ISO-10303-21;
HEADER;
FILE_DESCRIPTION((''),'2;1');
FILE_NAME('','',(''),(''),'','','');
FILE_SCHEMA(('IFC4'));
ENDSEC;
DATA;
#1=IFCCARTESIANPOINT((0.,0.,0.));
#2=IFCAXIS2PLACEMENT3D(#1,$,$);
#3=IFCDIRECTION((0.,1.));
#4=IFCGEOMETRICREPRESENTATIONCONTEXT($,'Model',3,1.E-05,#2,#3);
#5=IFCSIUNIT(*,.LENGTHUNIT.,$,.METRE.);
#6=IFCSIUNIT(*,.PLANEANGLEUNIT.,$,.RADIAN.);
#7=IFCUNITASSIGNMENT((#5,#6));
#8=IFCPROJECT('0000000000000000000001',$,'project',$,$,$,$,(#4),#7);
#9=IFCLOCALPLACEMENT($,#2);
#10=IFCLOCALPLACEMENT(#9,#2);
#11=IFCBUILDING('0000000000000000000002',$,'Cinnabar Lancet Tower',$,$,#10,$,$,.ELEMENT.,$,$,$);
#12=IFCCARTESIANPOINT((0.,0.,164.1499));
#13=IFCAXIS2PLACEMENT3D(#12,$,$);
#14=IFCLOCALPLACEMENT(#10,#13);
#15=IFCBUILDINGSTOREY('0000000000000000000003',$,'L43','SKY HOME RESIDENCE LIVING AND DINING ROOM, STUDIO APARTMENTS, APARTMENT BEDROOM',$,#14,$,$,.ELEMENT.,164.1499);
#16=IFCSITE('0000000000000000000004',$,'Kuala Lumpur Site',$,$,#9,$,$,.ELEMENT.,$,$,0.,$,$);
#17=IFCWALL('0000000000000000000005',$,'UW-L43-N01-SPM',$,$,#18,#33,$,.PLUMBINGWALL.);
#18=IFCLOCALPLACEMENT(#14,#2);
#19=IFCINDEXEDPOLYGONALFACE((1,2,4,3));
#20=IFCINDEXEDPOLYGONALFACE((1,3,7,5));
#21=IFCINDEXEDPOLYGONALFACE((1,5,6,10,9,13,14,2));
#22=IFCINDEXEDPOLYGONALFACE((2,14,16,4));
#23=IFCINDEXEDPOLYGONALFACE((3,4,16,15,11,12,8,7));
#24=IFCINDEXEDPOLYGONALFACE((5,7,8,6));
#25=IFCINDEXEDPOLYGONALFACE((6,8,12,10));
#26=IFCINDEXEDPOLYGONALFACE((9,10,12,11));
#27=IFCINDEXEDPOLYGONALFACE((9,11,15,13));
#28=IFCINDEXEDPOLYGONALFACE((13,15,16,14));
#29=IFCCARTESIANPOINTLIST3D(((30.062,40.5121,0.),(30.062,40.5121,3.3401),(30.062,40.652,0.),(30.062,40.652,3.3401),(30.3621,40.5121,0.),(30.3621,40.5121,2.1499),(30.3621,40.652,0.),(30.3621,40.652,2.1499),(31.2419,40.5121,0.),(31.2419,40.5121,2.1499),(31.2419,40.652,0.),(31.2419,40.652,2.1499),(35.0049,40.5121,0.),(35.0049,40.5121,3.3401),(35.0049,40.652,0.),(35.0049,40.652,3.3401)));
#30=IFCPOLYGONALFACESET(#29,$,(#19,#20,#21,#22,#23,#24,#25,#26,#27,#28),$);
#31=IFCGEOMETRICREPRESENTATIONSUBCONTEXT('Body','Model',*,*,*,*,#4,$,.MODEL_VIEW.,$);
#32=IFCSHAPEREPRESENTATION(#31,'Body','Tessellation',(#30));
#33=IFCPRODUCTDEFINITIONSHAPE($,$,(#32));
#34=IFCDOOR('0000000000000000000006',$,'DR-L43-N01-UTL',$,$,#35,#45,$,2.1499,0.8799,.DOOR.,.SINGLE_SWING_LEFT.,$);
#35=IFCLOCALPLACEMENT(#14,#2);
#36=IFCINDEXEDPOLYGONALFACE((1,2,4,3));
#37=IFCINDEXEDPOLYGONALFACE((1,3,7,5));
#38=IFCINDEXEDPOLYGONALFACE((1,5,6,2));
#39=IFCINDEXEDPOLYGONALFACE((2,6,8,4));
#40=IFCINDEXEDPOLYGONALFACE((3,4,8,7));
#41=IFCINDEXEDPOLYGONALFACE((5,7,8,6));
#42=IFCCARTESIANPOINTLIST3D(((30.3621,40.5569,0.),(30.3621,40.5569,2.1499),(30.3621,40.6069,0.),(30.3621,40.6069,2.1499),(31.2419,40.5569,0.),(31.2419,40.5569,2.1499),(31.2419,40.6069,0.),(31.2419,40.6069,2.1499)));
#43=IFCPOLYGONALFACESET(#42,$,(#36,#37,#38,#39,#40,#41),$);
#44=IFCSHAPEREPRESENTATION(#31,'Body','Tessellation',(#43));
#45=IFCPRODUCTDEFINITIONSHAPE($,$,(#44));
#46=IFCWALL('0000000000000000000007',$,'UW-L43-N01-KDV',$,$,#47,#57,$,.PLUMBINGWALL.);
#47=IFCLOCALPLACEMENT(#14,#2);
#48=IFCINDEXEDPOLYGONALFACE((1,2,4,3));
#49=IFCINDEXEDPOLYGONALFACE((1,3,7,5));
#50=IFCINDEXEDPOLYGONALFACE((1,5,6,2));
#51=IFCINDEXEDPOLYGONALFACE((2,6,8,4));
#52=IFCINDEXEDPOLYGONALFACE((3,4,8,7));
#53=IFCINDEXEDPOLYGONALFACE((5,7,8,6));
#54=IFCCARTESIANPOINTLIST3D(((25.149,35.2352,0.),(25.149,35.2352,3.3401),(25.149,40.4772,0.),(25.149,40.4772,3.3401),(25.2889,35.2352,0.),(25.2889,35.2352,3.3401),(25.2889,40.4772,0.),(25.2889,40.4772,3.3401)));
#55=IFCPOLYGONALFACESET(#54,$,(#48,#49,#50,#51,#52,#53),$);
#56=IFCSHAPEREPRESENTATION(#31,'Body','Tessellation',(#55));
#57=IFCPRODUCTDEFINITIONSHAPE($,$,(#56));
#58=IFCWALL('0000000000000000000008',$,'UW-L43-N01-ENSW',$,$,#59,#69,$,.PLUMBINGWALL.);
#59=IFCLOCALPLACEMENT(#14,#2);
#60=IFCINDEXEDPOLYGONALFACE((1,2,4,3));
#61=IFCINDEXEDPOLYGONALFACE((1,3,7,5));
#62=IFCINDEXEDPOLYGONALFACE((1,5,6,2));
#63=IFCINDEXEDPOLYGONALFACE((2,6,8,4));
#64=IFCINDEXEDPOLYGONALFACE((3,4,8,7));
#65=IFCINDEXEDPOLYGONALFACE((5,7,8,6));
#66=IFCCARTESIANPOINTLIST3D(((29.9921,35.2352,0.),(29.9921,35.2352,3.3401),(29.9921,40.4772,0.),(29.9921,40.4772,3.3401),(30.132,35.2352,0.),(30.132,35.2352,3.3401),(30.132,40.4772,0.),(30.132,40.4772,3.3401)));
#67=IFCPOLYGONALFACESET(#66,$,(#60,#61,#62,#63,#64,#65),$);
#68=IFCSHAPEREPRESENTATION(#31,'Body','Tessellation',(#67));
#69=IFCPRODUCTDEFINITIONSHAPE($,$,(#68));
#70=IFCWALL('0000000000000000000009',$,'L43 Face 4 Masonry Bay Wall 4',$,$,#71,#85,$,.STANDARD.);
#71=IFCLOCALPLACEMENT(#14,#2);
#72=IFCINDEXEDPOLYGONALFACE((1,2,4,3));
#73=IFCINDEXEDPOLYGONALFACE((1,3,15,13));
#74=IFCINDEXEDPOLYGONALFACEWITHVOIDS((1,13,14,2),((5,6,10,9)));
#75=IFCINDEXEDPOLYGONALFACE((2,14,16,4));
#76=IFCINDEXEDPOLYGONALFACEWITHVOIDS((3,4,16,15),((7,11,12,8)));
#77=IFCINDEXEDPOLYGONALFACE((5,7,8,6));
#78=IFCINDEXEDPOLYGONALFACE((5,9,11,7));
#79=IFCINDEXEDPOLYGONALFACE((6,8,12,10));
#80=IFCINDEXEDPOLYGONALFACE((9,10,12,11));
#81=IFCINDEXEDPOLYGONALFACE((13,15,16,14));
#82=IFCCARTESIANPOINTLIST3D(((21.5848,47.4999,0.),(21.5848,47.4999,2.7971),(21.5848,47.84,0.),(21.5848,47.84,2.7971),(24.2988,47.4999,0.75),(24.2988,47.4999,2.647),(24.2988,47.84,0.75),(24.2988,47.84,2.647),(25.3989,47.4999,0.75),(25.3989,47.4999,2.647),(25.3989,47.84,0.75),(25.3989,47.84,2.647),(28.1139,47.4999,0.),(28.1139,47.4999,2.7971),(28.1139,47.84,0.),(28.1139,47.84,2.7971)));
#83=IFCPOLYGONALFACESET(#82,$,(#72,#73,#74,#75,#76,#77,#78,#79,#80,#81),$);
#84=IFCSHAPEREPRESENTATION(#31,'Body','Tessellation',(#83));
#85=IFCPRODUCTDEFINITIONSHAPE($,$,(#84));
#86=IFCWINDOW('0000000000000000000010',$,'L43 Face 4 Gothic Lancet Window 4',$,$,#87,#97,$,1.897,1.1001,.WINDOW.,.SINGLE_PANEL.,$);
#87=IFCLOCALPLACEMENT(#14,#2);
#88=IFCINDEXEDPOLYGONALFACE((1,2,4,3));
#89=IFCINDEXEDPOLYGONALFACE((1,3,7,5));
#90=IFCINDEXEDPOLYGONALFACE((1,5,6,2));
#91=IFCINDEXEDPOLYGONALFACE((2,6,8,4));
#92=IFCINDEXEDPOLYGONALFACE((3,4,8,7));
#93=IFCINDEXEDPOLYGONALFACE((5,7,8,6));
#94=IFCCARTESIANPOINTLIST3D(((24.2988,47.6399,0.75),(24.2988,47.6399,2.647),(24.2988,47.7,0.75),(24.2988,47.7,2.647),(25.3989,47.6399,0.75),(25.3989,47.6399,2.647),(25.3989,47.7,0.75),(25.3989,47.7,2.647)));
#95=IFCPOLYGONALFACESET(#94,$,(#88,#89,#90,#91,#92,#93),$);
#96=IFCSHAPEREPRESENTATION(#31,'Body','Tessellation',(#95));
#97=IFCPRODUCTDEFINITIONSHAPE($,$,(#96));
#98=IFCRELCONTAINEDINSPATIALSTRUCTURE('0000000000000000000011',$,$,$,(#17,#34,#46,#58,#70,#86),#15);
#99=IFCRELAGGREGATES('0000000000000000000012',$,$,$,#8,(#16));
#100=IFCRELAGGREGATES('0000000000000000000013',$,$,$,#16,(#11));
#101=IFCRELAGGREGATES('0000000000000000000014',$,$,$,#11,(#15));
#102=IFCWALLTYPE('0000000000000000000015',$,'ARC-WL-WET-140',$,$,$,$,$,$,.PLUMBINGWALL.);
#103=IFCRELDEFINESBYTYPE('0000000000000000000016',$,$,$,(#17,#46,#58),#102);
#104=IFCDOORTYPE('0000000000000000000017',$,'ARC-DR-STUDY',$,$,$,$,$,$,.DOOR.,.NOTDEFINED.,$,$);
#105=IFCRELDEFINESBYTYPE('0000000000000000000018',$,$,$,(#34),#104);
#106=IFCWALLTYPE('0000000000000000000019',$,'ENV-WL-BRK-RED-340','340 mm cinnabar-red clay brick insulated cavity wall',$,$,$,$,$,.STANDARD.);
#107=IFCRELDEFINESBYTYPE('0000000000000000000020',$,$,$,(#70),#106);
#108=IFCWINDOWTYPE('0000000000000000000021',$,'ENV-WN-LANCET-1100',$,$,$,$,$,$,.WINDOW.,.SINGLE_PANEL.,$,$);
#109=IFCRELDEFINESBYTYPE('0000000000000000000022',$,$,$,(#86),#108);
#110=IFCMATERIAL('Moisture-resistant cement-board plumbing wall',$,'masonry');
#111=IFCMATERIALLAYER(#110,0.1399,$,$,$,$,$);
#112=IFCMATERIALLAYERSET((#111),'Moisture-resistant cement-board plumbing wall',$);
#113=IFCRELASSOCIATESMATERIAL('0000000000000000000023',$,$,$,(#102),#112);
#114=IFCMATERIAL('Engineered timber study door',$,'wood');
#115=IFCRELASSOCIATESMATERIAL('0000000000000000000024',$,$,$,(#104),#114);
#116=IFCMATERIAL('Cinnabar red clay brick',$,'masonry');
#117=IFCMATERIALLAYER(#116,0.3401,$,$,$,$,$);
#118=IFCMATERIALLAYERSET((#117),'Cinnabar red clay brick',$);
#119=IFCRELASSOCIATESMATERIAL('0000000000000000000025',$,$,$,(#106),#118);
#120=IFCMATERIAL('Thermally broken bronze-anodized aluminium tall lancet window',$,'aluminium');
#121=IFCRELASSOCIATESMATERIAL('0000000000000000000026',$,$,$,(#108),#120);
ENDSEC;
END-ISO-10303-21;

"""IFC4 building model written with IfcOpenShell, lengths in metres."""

from ifc_helpers import new_model, si_unit, direction, frame, frame_2d, origin, place, context, subcontext, project, spatial, rectangle, extrude, material, layer, layer_set, type_object, element, fill, save


model = new_model("IFC4")

# Units and contexts
model_context = context("Model", 3, precision=1e-05, world=origin(), true_north=direction((0.0, 1.0)))
body_context = subcontext(model_context, "Body", "Model", "MODEL_VIEW")
ifc_project = project(units=[si_unit("LENGTHUNIT", "METRE"), si_unit("PLANEANGLEUNIT", "RADIAN")], contexts=[model_context])

# Site, building, storey
site_placement = place(None, origin())
site = spatial("IfcSite", under=ifc_project, at=site_placement, Name="Kuala Lumpur Site", CompositionType="ELEMENT", RefElevation=0.0)
building_placement = place(site_placement, origin())
building = spatial("IfcBuilding", under=site, at=building_placement, Name="Cinnabar Lancet Tower", CompositionType="ELEMENT")
storey_placement = place(building_placement, frame((0.0, 0.0, 164.1499)))
storey = spatial("IfcBuildingStorey", under=building, at=storey_placement, Name="L43", Description="SKY HOME RESIDENCE LIVING AND DINING ROOM, STUDIO APARTMENTS, APARTMENT BEDROOM", CompositionType="ELEMENT", Elevation=164.1499)

# Shared definitions
ifc_material_1 = material(Name="Moisture-resistant cement-board plumbing wall", Category="masonry")
ifc_layer_1 = layer(ifc_material_1, 0.1399)
ifc_layer_set_1 = layer_set([ifc_layer_1], Name="Moisture-resistant cement-board plumbing wall")
wall_type_1 = type_object("IfcWallType", Name="ARC-WL-WET-140", PredefinedType="PLUMBINGWALL", material=ifc_layer_set_1)
ifc_material_2 = material(Name="Engineered timber study door", Category="wood")
door_type_1 = type_object("IfcDoorType", Name="ARC-DR-STUDY", OperationType="NOTDEFINED", PredefinedType="DOOR", material=ifc_material_2)

# Wall, opening, door
wall_1_placement = place(storey_placement, frame((30.062, 40.582, 0.0), z_axis=(0.0, 0.0, 1.0), x_axis=(1.0, 0.0, 0.0)))
wall_1 = element("IfcWall", 1, at=wall_1_placement, inside=storey, type_object=wall_type_1, Name="UW-L43-N01-SPM", PredefinedType="PLUMBINGWALL", context=body_context, shape_type="SweptSolid", body=[
    extrude(rectangle(XDim=4.9429, YDim=0.1399, at=frame_2d((2.4714, 0.0))), origin(), (0.0, 0.0, 1.0), 3.3401),
])
opening_1_placement = place(wall_1_placement, frame((0.3, 0.0, 0.0)))
opening_1 = element("IfcOpeningElement", 2, at=opening_1_placement, cuts=wall_1, PredefinedType="OPENING", context=body_context, shape_type="SweptSolid", body=[
    extrude(rectangle(XDim=0.8799, YDim=2.1499, at=frame_2d((0.4399, 1.075))), frame((0.0, 0.0798, 0.0), z_axis=(0.0, -1.0, 0.0), x_axis=(1.0, 0.0, 0.0)), (0.0, 0.0, 1.0), 0.1599),
])
door_1_placement = place(opening_1_placement, origin())
door_1 = element("IfcDoor", 3, at=door_1_placement, inside=storey, type_object=door_type_1, Name="DR-L43-N01-UTL", OperationType="SINGLE_SWING_LEFT", OverallHeight=2.1499, OverallWidth=0.8799, PredefinedType="DOOR", context=body_context, shape_type="SweptSolid", body=[
    extrude(rectangle(XDim=0.8799, YDim=2.1499, at=frame_2d((0.4399, 1.075))), frame((0.0, 0.0249, 0.0), z_axis=(0.0, -1.0, 0.0), x_axis=(1.0, 0.0, 0.0)), (0.0, 0.0, 1.0), 0.05),
])
fill(opening_1, door_1)

# Walls
for number, where, z_axis, x_axis, name in (
    (4, (25.219, 35.2351, 0.0), (0.0, 0.0, 1.0), (0.0, 1.0, 0.0), "UW-L43-N01-KDV"),
    (5, (30.062, 35.2351, 0.0), (0.0, 0.0, 1.0), (0.0, 1.0, 0.0), "UW-L43-N01-ENSW"),
):
    element("IfcWall", number, at=place(storey_placement, frame(where, z_axis=z_axis, x_axis=x_axis)), inside=storey, type_object=wall_type_1, Name=name, PredefinedType="PLUMBINGWALL", context=body_context, shape_type="SweptSolid", body=[
        extrude(rectangle(XDim=5.2419, YDim=0.1399, at=frame_2d((2.6211, 0.0))), origin(), (0.0, 0.0, 1.0), 3.3401),
    ])

# Wall, opening, window
ifc_material_3 = material(Name="Cinnabar red clay brick", Category="masonry")
ifc_layer_2 = layer(ifc_material_3, 0.3401)
ifc_layer_set_2 = layer_set([ifc_layer_2], Name="Cinnabar red clay brick")
wall_type_2 = type_object("IfcWallType", Name="ENV-WL-BRK-RED-340", Description="340 mm cinnabar-red clay brick insulated cavity wall", PredefinedType="STANDARD", material=ifc_layer_set_2)
wall_2_placement = place(storey_placement, frame((28.114, 47.6699, 0.0), z_axis=(0.0, 0.0, 1.0), x_axis=(-1.0, 0.0, 0.0)))
wall_2 = element("IfcWall", 6, at=wall_2_placement, inside=storey, type_object=wall_type_2, Name="L43 Face 4 Masonry Bay Wall 4", PredefinedType="STANDARD", context=body_context, shape_type="SweptSolid", body=[
    extrude(rectangle(XDim=6.5291, YDim=0.3401, at=frame_2d((3.2646, 0.0))), origin(), (0.0, 0.0, 1.0), 2.7971),
])
opening_2_placement = place(wall_2_placement, frame((2.7151, 0.0, 0.75)))
opening_2 = element("IfcOpeningElement", 7, at=opening_2_placement, cuts=wall_2, PredefinedType="OPENING", context=body_context, shape_type="SweptSolid", body=[
    extrude(rectangle(XDim=1.1001, YDim=1.897, at=frame_2d((0.55, 0.9485))), frame((0.0, 0.1799, 0.0), z_axis=(0.0, -1.0, 0.0), x_axis=(1.0, 0.0, 0.0)), (0.0, 0.0, 1.0), 0.3601),
])
ifc_material_4 = material(Name="Thermally broken bronze-anodized aluminium tall lancet window", Category="aluminium")
window_type = type_object("IfcWindowType", Name="ENV-WN-LANCET-1100", PartitioningType="SINGLE_PANEL", PredefinedType="WINDOW", material=ifc_material_4)
window_placement = place(opening_2_placement, origin())
window = element("IfcWindow", 8, at=window_placement, inside=storey, type_object=window_type, Name="L43 Face 4 Gothic Lancet Window 4", OverallHeight=1.897, OverallWidth=1.1001, PartitioningType="SINGLE_PANEL", PredefinedType="WINDOW", context=body_context, shape_type="SweptSolid", body=[
    extrude(rectangle(XDim=1.1001, YDim=1.897, at=frame_2d((0.55, 0.9485))), frame((0.0, 0.03, 0.0), z_axis=(0.0, -1.0, 0.0), x_axis=(1.0, 0.0, 0.0)), (0.0, 0.0, 1.0), 0.0601),
])
fill(opening_2, window)

save(model, "model.ifc")
